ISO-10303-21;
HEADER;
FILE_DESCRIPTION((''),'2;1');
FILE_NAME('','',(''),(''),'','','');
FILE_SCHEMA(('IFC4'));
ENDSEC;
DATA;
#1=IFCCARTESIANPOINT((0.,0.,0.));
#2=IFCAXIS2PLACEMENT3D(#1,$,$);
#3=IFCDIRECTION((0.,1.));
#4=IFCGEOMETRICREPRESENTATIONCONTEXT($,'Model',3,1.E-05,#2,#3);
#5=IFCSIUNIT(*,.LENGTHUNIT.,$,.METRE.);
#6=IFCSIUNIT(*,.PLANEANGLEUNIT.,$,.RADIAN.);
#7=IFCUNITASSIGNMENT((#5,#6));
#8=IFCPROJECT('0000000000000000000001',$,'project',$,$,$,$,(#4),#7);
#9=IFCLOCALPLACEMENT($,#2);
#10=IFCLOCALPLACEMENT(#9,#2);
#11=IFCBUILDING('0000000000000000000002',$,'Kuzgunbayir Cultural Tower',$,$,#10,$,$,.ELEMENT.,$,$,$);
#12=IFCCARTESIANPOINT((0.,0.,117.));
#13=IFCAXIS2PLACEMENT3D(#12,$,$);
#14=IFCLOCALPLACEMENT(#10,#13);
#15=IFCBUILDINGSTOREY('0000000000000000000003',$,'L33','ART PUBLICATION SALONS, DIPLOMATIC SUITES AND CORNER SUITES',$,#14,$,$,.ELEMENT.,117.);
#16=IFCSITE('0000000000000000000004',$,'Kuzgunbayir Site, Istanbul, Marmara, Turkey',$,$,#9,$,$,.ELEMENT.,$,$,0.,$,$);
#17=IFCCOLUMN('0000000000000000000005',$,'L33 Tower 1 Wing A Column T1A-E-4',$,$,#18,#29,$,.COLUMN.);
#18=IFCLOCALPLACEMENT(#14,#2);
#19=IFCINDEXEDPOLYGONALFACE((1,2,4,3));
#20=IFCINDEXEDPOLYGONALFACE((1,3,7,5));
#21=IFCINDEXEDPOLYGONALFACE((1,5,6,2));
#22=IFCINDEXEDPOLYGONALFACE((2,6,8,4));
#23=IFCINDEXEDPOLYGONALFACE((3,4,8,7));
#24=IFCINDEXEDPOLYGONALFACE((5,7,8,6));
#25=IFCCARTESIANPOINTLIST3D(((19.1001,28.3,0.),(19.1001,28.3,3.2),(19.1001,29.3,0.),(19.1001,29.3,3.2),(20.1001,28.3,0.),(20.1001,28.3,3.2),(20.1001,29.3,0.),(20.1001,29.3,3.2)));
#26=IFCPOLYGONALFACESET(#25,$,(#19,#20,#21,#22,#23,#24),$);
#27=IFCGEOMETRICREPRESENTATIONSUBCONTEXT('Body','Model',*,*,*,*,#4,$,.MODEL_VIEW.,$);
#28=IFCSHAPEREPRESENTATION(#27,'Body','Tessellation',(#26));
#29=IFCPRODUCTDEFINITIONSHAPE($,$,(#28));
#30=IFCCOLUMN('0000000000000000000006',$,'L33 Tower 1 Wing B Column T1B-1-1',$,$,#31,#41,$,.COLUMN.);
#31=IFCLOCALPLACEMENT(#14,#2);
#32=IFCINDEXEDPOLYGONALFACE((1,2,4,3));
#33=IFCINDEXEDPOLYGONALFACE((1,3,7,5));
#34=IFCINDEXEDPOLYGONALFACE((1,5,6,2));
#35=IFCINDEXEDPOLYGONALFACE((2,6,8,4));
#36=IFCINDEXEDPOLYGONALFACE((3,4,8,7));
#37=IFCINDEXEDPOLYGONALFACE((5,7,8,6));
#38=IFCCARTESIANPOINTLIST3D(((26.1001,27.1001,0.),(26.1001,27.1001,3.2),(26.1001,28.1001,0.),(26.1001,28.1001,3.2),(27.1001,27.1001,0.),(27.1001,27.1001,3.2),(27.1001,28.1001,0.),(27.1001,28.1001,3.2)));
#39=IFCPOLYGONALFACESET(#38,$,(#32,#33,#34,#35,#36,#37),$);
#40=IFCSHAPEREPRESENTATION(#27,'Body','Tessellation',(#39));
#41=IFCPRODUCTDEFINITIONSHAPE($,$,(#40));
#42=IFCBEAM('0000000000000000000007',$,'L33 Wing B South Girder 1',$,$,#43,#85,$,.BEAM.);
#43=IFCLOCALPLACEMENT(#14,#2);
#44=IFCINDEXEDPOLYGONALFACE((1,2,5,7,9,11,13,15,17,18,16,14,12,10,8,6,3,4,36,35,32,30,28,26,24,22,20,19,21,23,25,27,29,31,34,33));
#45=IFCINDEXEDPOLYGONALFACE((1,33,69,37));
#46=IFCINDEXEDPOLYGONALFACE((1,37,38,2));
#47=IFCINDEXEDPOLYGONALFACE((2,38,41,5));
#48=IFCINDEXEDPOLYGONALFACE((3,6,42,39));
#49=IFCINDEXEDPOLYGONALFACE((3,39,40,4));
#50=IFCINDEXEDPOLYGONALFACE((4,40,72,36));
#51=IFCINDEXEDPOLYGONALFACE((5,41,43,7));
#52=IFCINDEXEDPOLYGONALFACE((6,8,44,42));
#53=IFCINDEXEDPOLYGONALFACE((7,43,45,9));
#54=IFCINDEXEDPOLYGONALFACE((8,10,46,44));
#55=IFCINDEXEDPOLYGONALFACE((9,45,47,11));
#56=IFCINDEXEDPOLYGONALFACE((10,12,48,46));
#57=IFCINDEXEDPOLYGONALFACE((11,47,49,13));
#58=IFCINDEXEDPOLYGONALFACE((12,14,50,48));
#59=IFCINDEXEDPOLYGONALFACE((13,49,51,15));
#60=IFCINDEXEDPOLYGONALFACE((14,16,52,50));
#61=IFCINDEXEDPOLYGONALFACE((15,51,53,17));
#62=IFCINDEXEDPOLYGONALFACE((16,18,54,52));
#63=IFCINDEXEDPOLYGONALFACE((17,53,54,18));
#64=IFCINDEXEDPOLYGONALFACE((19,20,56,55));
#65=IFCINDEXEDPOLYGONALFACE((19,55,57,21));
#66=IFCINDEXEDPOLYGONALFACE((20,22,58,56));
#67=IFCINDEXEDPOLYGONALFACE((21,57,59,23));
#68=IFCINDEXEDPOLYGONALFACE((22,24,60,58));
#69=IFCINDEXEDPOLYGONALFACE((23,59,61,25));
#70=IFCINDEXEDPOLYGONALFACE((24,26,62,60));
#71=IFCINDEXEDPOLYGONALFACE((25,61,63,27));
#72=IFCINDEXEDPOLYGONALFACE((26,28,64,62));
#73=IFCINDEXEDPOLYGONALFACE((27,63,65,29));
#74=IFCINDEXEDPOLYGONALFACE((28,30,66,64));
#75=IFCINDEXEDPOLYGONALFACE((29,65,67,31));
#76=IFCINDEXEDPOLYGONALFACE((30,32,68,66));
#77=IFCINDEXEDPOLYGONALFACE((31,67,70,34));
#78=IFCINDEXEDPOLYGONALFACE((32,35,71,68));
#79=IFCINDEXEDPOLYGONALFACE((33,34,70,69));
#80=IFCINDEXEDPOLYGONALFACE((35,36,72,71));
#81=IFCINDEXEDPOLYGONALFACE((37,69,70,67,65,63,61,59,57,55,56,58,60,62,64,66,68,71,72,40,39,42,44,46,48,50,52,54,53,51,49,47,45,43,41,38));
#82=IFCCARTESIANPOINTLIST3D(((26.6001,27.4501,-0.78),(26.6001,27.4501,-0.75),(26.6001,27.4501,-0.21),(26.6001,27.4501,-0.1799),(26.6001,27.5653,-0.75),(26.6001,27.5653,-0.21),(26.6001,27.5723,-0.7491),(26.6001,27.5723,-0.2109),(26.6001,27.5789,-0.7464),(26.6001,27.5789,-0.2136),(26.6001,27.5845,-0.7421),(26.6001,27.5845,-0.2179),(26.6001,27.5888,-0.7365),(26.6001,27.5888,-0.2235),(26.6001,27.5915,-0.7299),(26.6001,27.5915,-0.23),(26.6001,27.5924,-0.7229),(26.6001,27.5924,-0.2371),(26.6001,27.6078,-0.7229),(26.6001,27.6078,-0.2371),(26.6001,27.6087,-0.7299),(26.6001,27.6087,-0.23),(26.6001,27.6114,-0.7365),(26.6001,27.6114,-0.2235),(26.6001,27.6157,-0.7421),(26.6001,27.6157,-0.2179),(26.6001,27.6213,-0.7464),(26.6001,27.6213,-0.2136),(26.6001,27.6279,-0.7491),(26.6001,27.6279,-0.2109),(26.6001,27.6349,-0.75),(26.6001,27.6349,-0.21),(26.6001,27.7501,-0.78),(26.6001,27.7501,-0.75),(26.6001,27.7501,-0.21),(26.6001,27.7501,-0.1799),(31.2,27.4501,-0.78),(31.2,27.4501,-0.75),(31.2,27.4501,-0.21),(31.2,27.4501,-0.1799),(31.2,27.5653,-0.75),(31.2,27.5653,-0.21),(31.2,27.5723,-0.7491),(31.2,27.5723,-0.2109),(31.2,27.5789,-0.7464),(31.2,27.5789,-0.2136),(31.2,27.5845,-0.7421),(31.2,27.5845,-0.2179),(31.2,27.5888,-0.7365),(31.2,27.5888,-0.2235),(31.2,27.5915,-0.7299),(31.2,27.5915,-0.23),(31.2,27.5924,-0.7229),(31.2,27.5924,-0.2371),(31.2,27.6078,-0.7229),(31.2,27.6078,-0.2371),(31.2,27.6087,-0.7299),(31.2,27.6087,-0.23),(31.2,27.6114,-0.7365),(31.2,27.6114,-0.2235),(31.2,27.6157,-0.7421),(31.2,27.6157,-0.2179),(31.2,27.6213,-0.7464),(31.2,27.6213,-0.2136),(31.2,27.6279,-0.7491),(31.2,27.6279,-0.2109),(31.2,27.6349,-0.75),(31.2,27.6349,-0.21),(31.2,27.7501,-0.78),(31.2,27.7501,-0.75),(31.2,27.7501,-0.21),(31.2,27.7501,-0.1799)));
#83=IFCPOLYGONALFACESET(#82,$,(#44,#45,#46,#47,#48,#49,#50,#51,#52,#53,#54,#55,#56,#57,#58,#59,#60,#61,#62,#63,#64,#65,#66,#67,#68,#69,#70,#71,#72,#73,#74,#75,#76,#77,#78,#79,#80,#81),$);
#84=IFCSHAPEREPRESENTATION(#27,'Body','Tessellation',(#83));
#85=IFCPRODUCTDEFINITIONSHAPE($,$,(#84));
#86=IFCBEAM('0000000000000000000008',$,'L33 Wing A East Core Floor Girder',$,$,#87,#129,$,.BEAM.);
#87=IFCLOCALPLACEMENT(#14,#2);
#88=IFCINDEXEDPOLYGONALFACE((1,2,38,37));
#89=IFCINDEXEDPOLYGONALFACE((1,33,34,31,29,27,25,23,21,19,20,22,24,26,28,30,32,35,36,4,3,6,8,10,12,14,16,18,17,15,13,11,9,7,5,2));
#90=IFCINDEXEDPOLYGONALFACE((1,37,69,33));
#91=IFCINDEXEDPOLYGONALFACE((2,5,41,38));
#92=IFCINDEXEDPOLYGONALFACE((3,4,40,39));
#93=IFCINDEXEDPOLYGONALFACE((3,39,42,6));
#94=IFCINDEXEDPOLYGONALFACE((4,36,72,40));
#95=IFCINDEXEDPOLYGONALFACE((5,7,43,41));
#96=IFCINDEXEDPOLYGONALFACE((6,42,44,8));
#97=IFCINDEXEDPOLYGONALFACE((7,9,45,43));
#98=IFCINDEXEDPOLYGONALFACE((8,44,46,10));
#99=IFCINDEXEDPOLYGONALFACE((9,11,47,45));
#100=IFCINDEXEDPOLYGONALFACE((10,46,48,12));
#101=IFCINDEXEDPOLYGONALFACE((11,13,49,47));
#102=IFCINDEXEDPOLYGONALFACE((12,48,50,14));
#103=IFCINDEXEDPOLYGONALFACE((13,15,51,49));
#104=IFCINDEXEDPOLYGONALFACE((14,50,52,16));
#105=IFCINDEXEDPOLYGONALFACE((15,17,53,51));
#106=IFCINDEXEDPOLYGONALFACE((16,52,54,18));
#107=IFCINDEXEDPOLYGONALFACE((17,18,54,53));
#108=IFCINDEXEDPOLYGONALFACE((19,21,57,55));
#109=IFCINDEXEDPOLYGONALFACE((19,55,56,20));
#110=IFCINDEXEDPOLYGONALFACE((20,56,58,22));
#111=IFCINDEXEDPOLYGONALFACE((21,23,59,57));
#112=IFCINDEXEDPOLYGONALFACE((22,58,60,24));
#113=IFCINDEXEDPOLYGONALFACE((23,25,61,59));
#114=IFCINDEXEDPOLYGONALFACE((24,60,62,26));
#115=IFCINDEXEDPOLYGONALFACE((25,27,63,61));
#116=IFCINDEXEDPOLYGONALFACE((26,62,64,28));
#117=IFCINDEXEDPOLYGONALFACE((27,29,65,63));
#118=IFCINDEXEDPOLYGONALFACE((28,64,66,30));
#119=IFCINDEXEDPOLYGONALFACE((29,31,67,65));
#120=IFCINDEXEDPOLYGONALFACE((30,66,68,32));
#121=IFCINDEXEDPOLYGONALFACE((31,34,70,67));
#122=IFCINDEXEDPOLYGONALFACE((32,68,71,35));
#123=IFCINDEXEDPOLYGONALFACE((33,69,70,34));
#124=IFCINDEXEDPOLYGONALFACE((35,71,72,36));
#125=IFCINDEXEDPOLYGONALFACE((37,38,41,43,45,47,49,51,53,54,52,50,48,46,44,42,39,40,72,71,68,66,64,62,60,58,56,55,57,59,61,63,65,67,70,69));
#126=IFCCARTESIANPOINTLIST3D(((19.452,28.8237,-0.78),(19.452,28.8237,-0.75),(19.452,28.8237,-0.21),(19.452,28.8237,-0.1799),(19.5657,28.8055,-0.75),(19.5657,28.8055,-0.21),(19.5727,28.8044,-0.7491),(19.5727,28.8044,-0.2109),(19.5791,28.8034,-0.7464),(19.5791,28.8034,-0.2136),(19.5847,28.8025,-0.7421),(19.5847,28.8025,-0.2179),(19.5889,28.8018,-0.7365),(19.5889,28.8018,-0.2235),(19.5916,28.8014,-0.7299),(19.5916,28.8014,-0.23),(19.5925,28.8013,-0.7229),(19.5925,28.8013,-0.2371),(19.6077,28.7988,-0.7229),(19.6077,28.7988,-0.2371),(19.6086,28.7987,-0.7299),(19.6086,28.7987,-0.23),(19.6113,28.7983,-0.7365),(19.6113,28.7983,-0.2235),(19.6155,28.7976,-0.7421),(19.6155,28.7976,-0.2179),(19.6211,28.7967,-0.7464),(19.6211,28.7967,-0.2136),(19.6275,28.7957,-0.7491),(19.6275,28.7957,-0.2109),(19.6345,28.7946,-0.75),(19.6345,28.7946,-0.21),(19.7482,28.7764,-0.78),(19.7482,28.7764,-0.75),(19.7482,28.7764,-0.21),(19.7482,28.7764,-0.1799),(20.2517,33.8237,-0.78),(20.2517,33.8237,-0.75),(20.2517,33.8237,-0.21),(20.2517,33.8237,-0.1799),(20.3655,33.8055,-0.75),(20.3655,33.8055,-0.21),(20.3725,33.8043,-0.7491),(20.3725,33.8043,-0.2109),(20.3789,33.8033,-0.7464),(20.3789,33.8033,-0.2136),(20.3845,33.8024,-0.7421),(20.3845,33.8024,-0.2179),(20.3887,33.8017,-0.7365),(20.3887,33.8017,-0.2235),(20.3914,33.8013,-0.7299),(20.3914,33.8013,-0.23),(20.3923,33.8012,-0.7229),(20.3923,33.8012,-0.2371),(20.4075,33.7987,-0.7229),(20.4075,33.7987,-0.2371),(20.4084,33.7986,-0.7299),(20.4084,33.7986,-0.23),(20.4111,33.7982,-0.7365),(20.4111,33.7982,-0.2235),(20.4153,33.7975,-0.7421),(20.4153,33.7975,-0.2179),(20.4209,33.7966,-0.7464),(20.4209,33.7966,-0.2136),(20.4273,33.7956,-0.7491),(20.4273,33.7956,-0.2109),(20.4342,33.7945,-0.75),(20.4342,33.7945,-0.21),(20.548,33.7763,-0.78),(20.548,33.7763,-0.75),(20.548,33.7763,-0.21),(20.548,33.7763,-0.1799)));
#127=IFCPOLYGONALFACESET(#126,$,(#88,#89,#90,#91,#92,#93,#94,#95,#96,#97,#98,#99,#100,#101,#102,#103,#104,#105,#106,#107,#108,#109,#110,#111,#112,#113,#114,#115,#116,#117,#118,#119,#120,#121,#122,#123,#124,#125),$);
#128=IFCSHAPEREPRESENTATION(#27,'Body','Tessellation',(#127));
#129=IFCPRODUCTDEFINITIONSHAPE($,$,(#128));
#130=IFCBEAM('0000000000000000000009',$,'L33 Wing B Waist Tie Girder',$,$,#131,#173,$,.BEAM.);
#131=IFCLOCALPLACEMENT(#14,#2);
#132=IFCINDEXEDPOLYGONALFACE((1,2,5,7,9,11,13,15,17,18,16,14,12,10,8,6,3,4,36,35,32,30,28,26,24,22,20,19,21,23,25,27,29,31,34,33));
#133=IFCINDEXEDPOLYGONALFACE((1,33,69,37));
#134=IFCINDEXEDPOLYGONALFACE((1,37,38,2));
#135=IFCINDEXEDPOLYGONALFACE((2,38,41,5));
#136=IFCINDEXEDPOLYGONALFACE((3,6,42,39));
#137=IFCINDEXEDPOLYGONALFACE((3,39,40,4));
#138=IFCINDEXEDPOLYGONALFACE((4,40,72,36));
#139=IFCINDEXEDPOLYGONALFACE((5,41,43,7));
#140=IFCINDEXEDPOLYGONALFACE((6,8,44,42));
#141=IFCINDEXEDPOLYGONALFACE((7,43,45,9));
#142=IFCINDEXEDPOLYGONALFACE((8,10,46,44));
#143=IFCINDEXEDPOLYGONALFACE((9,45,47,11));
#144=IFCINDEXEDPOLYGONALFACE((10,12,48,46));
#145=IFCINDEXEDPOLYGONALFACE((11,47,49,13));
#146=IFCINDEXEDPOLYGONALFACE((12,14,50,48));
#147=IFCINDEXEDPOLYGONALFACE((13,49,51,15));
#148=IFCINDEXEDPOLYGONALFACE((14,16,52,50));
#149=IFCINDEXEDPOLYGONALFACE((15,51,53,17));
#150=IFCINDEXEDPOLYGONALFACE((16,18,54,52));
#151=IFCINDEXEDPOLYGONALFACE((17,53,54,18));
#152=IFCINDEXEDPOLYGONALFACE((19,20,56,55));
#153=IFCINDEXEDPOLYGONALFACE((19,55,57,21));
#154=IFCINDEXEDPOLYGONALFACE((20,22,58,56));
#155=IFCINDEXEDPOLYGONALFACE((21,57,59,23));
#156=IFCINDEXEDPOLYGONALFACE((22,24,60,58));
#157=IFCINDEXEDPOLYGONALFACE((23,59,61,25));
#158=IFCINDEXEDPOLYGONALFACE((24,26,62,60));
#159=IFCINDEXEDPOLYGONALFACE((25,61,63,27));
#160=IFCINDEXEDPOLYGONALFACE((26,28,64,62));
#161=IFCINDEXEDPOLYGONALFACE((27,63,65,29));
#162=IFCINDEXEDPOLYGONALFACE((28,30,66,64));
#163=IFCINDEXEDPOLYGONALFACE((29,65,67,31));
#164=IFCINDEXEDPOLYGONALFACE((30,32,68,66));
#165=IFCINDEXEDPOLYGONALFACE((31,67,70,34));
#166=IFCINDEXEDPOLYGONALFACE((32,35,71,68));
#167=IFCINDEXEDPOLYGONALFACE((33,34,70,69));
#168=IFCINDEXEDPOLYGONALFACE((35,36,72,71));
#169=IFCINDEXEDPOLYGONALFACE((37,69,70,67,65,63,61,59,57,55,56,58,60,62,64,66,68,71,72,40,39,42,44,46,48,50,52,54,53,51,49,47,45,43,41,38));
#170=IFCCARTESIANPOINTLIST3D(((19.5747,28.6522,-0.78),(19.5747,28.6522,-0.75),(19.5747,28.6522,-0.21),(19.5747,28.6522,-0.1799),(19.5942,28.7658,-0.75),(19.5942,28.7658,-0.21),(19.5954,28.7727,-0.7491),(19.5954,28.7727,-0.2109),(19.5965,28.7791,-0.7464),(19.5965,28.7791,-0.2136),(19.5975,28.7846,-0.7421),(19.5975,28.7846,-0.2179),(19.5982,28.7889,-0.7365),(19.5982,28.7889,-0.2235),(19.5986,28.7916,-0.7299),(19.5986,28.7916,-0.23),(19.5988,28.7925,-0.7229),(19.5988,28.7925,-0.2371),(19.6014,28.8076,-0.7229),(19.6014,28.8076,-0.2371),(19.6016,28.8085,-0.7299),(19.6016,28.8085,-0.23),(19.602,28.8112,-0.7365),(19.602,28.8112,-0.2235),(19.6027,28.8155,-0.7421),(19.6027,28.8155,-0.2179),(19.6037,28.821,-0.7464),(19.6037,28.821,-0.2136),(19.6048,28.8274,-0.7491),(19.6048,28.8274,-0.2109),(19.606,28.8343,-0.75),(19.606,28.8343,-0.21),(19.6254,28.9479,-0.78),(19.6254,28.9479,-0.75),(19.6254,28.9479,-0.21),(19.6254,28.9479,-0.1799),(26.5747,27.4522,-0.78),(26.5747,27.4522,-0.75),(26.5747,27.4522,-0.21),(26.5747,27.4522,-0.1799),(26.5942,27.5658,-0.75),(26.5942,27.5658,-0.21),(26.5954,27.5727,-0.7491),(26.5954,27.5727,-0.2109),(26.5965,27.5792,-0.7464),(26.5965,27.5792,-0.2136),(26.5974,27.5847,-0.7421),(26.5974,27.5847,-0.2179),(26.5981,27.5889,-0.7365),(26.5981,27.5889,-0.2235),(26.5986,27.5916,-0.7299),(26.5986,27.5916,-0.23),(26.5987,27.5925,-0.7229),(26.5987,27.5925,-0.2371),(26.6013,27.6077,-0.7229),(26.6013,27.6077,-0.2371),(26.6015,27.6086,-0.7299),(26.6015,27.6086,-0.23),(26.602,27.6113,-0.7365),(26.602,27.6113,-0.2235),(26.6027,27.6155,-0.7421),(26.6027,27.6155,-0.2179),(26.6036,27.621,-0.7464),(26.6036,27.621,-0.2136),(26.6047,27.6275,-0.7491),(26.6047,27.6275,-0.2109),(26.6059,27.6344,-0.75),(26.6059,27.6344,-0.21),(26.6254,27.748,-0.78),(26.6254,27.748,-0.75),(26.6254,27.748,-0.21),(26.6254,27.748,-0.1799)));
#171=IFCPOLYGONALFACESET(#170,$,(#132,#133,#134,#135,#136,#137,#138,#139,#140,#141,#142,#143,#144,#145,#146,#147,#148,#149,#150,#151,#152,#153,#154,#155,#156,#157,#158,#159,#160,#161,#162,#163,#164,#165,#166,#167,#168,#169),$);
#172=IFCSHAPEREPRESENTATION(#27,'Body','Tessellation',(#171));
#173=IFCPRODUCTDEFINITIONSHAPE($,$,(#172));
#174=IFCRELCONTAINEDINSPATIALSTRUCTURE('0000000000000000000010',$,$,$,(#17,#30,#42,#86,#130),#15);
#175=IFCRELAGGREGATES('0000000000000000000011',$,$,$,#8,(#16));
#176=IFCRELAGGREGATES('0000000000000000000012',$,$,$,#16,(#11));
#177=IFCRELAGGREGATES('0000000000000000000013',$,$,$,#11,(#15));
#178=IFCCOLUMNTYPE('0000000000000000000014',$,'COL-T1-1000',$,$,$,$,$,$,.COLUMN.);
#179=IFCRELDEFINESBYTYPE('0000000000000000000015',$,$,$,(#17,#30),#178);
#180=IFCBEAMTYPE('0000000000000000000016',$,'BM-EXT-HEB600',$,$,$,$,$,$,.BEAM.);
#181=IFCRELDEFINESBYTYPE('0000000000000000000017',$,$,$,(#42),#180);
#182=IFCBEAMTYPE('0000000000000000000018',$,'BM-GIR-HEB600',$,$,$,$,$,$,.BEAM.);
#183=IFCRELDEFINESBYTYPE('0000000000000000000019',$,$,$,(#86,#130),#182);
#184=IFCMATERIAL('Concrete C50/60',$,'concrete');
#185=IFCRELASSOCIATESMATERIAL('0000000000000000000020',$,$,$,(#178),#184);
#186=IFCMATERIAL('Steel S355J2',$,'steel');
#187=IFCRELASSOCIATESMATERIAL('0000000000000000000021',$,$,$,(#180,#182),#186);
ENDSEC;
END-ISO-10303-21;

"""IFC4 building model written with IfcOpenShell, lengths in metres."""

from ifc_helpers import new_model, si_unit, direction, frame, origin, origin_2d, place, context, subcontext, project, spatial, rectangle, i_section, extrude, material, material_profile, profile_set, type_object, element, save


model = new_model("IFC4")

# Units and contexts
model_context = context("Model", 3, precision=1e-05, world=origin(), true_north=direction((0.0, 1.0)))
body_context = subcontext(model_context, "Body", "Model", "MODEL_VIEW")
ifc_project = project(units=[si_unit("LENGTHUNIT", "METRE"), si_unit("PLANEANGLEUNIT", "RADIAN")], contexts=[model_context])

# Site, building, storey
site_placement = place(None, origin())
site = spatial("IfcSite", under=ifc_project, at=site_placement, Name="Kuzgunbayir Site, Istanbul, Marmara, Turkey", CompositionType="ELEMENT", RefElevation=0.0)
building_placement = place(site_placement, origin())
building = spatial("IfcBuilding", under=site, at=building_placement, Name="Kuzgunbayir Cultural Tower", CompositionType="ELEMENT")
storey_placement = place(building_placement, frame((0.0, 0.0, 117.0)))
storey = spatial("IfcBuildingStorey", under=building, at=storey_placement, Name="L33", Description="ART PUBLICATION SALONS, DIPLOMATIC SUITES AND CORNER SUITES", CompositionType="ELEMENT", Elevation=117.0)

# Columns
ifc_material_1 = material(Name="Concrete C50/60", Category="concrete")
ifc_material_profile_1 = material_profile(ifc_material_1, rectangle(XDim=1.0, YDim=1.0, at=origin_2d()), Name="RC 1000x1000")
ifc_profile_set_1 = profile_set([ifc_material_profile_1], Name="Concrete C50/60")
column_type = type_object("IfcColumnType", Name="COL-T1-1000", PredefinedType="COLUMN", material=ifc_profile_set_1)
for number, where, z_axis, x_axis, name in (
    (1, (19.6001, 28.8, 0.0), (0.0, 0.0, 1.0), (1.0, 0.0, 0.0), "L33 Tower 1 Wing A Column T1A-E-4"),
    (2, (26.6001, 27.6001, 0.0), (0.0, 0.0, 1.0), (1.0, 0.0, 0.0), "L33 Tower 1 Wing B Column T1B-1-1"),
):
    element("IfcColumn", number, at=place(storey_placement, frame(where, z_axis=z_axis, x_axis=x_axis)), inside=storey, type_object=column_type, Name=name, PredefinedType="COLUMN", context=body_context, shape_type="SweptSolid", body=[
        extrude(rectangle(XDim=1.0, YDim=1.0, at=origin_2d()), origin(), (0.0, 0.0, 1.0), 3.2),
    ])

# Beams
ifc_material_2 = material(Name="Steel S355J2", Category="steel")
ifc_material_profile_2 = material_profile(ifc_material_2, i_section(OverallWidth=0.3, OverallDepth=0.6001, WebThickness=0.0154, FlangeThickness=0.03, FilletRadius=0.0271, at=origin_2d()), Name="HEB 600")
ifc_profile_set_2 = profile_set([ifc_material_profile_2], Name="Steel S355J2")
beam_type_1 = type_object("IfcBeamType", Name="BM-EXT-HEB600", PredefinedType="BEAM", material=ifc_profile_set_2)
beam_1_placement = place(storey_placement, frame((26.6001, 27.6001, -0.48), z_axis=(1.0, 0.0, 0.0), x_axis=(0.0, 1.0, 0.0)))
element("IfcBeam", 3, at=beam_1_placement, inside=storey, type_object=beam_type_1, Name="L33 Wing B South Girder 1", PredefinedType="BEAM", context=body_context, shape_type="SweptSolid", body=[
    extrude(i_section(OverallWidth=0.3, OverallDepth=0.6001, WebThickness=0.0154, FlangeThickness=0.03, FilletRadius=0.0271, at=origin_2d()), origin(), (0.0, 0.0, 1.0), 4.5999),
])
ifc_material_profile_3 = material_profile(ifc_material_2, i_section(OverallWidth=0.3, OverallDepth=0.6001, WebThickness=0.0154, FlangeThickness=0.03, FilletRadius=0.0271, at=origin_2d()), Name="HEB 600")
ifc_profile_set_3 = profile_set([ifc_material_profile_3], Name="Steel S355J2")
beam_type_2 = type_object("IfcBeamType", Name="BM-GIR-HEB600", PredefinedType="BEAM", material=ifc_profile_set_3)
beam_2_placement = place(storey_placement, frame((19.6001, 28.8, -0.48), z_axis=(0.157953, 0.987447, 0.0), x_axis=(-0.987447, 0.157953, 0.0)))
element("IfcBeam", 4, at=beam_2_placement, inside=storey, type_object=beam_type_2, Name="L33 Wing A East Core Floor Girder", PredefinedType="BEAM", context=body_context, shape_type="SweptSolid", body=[
    extrude(i_section(OverallWidth=0.3, OverallDepth=0.6001, WebThickness=0.0154, FlangeThickness=0.03, FilletRadius=0.0271, at=origin_2d()), origin(), (0.0, 0.0, 1.0), 5.0635),
])
beam_3_placement = place(storey_placement, frame((19.6001, 28.8, -0.48), z_axis=(0.985623, -0.168957, 0.0), x_axis=(0.168957, 0.985623, 0.0)))
element("IfcBeam", 5, at=beam_3_placement, inside=storey, type_object=beam_type_2, Name="L33 Wing B Waist Tie Girder", PredefinedType="BEAM", context=body_context, shape_type="SweptSolid", body=[
    extrude(i_section(OverallWidth=0.3, OverallDepth=0.6001, WebThickness=0.0154, FlangeThickness=0.03, FilletRadius=0.0271, at=origin_2d()), origin(), (0.0, 0.0, 1.0), 7.1021),
])

save(model, "model.ifc")
